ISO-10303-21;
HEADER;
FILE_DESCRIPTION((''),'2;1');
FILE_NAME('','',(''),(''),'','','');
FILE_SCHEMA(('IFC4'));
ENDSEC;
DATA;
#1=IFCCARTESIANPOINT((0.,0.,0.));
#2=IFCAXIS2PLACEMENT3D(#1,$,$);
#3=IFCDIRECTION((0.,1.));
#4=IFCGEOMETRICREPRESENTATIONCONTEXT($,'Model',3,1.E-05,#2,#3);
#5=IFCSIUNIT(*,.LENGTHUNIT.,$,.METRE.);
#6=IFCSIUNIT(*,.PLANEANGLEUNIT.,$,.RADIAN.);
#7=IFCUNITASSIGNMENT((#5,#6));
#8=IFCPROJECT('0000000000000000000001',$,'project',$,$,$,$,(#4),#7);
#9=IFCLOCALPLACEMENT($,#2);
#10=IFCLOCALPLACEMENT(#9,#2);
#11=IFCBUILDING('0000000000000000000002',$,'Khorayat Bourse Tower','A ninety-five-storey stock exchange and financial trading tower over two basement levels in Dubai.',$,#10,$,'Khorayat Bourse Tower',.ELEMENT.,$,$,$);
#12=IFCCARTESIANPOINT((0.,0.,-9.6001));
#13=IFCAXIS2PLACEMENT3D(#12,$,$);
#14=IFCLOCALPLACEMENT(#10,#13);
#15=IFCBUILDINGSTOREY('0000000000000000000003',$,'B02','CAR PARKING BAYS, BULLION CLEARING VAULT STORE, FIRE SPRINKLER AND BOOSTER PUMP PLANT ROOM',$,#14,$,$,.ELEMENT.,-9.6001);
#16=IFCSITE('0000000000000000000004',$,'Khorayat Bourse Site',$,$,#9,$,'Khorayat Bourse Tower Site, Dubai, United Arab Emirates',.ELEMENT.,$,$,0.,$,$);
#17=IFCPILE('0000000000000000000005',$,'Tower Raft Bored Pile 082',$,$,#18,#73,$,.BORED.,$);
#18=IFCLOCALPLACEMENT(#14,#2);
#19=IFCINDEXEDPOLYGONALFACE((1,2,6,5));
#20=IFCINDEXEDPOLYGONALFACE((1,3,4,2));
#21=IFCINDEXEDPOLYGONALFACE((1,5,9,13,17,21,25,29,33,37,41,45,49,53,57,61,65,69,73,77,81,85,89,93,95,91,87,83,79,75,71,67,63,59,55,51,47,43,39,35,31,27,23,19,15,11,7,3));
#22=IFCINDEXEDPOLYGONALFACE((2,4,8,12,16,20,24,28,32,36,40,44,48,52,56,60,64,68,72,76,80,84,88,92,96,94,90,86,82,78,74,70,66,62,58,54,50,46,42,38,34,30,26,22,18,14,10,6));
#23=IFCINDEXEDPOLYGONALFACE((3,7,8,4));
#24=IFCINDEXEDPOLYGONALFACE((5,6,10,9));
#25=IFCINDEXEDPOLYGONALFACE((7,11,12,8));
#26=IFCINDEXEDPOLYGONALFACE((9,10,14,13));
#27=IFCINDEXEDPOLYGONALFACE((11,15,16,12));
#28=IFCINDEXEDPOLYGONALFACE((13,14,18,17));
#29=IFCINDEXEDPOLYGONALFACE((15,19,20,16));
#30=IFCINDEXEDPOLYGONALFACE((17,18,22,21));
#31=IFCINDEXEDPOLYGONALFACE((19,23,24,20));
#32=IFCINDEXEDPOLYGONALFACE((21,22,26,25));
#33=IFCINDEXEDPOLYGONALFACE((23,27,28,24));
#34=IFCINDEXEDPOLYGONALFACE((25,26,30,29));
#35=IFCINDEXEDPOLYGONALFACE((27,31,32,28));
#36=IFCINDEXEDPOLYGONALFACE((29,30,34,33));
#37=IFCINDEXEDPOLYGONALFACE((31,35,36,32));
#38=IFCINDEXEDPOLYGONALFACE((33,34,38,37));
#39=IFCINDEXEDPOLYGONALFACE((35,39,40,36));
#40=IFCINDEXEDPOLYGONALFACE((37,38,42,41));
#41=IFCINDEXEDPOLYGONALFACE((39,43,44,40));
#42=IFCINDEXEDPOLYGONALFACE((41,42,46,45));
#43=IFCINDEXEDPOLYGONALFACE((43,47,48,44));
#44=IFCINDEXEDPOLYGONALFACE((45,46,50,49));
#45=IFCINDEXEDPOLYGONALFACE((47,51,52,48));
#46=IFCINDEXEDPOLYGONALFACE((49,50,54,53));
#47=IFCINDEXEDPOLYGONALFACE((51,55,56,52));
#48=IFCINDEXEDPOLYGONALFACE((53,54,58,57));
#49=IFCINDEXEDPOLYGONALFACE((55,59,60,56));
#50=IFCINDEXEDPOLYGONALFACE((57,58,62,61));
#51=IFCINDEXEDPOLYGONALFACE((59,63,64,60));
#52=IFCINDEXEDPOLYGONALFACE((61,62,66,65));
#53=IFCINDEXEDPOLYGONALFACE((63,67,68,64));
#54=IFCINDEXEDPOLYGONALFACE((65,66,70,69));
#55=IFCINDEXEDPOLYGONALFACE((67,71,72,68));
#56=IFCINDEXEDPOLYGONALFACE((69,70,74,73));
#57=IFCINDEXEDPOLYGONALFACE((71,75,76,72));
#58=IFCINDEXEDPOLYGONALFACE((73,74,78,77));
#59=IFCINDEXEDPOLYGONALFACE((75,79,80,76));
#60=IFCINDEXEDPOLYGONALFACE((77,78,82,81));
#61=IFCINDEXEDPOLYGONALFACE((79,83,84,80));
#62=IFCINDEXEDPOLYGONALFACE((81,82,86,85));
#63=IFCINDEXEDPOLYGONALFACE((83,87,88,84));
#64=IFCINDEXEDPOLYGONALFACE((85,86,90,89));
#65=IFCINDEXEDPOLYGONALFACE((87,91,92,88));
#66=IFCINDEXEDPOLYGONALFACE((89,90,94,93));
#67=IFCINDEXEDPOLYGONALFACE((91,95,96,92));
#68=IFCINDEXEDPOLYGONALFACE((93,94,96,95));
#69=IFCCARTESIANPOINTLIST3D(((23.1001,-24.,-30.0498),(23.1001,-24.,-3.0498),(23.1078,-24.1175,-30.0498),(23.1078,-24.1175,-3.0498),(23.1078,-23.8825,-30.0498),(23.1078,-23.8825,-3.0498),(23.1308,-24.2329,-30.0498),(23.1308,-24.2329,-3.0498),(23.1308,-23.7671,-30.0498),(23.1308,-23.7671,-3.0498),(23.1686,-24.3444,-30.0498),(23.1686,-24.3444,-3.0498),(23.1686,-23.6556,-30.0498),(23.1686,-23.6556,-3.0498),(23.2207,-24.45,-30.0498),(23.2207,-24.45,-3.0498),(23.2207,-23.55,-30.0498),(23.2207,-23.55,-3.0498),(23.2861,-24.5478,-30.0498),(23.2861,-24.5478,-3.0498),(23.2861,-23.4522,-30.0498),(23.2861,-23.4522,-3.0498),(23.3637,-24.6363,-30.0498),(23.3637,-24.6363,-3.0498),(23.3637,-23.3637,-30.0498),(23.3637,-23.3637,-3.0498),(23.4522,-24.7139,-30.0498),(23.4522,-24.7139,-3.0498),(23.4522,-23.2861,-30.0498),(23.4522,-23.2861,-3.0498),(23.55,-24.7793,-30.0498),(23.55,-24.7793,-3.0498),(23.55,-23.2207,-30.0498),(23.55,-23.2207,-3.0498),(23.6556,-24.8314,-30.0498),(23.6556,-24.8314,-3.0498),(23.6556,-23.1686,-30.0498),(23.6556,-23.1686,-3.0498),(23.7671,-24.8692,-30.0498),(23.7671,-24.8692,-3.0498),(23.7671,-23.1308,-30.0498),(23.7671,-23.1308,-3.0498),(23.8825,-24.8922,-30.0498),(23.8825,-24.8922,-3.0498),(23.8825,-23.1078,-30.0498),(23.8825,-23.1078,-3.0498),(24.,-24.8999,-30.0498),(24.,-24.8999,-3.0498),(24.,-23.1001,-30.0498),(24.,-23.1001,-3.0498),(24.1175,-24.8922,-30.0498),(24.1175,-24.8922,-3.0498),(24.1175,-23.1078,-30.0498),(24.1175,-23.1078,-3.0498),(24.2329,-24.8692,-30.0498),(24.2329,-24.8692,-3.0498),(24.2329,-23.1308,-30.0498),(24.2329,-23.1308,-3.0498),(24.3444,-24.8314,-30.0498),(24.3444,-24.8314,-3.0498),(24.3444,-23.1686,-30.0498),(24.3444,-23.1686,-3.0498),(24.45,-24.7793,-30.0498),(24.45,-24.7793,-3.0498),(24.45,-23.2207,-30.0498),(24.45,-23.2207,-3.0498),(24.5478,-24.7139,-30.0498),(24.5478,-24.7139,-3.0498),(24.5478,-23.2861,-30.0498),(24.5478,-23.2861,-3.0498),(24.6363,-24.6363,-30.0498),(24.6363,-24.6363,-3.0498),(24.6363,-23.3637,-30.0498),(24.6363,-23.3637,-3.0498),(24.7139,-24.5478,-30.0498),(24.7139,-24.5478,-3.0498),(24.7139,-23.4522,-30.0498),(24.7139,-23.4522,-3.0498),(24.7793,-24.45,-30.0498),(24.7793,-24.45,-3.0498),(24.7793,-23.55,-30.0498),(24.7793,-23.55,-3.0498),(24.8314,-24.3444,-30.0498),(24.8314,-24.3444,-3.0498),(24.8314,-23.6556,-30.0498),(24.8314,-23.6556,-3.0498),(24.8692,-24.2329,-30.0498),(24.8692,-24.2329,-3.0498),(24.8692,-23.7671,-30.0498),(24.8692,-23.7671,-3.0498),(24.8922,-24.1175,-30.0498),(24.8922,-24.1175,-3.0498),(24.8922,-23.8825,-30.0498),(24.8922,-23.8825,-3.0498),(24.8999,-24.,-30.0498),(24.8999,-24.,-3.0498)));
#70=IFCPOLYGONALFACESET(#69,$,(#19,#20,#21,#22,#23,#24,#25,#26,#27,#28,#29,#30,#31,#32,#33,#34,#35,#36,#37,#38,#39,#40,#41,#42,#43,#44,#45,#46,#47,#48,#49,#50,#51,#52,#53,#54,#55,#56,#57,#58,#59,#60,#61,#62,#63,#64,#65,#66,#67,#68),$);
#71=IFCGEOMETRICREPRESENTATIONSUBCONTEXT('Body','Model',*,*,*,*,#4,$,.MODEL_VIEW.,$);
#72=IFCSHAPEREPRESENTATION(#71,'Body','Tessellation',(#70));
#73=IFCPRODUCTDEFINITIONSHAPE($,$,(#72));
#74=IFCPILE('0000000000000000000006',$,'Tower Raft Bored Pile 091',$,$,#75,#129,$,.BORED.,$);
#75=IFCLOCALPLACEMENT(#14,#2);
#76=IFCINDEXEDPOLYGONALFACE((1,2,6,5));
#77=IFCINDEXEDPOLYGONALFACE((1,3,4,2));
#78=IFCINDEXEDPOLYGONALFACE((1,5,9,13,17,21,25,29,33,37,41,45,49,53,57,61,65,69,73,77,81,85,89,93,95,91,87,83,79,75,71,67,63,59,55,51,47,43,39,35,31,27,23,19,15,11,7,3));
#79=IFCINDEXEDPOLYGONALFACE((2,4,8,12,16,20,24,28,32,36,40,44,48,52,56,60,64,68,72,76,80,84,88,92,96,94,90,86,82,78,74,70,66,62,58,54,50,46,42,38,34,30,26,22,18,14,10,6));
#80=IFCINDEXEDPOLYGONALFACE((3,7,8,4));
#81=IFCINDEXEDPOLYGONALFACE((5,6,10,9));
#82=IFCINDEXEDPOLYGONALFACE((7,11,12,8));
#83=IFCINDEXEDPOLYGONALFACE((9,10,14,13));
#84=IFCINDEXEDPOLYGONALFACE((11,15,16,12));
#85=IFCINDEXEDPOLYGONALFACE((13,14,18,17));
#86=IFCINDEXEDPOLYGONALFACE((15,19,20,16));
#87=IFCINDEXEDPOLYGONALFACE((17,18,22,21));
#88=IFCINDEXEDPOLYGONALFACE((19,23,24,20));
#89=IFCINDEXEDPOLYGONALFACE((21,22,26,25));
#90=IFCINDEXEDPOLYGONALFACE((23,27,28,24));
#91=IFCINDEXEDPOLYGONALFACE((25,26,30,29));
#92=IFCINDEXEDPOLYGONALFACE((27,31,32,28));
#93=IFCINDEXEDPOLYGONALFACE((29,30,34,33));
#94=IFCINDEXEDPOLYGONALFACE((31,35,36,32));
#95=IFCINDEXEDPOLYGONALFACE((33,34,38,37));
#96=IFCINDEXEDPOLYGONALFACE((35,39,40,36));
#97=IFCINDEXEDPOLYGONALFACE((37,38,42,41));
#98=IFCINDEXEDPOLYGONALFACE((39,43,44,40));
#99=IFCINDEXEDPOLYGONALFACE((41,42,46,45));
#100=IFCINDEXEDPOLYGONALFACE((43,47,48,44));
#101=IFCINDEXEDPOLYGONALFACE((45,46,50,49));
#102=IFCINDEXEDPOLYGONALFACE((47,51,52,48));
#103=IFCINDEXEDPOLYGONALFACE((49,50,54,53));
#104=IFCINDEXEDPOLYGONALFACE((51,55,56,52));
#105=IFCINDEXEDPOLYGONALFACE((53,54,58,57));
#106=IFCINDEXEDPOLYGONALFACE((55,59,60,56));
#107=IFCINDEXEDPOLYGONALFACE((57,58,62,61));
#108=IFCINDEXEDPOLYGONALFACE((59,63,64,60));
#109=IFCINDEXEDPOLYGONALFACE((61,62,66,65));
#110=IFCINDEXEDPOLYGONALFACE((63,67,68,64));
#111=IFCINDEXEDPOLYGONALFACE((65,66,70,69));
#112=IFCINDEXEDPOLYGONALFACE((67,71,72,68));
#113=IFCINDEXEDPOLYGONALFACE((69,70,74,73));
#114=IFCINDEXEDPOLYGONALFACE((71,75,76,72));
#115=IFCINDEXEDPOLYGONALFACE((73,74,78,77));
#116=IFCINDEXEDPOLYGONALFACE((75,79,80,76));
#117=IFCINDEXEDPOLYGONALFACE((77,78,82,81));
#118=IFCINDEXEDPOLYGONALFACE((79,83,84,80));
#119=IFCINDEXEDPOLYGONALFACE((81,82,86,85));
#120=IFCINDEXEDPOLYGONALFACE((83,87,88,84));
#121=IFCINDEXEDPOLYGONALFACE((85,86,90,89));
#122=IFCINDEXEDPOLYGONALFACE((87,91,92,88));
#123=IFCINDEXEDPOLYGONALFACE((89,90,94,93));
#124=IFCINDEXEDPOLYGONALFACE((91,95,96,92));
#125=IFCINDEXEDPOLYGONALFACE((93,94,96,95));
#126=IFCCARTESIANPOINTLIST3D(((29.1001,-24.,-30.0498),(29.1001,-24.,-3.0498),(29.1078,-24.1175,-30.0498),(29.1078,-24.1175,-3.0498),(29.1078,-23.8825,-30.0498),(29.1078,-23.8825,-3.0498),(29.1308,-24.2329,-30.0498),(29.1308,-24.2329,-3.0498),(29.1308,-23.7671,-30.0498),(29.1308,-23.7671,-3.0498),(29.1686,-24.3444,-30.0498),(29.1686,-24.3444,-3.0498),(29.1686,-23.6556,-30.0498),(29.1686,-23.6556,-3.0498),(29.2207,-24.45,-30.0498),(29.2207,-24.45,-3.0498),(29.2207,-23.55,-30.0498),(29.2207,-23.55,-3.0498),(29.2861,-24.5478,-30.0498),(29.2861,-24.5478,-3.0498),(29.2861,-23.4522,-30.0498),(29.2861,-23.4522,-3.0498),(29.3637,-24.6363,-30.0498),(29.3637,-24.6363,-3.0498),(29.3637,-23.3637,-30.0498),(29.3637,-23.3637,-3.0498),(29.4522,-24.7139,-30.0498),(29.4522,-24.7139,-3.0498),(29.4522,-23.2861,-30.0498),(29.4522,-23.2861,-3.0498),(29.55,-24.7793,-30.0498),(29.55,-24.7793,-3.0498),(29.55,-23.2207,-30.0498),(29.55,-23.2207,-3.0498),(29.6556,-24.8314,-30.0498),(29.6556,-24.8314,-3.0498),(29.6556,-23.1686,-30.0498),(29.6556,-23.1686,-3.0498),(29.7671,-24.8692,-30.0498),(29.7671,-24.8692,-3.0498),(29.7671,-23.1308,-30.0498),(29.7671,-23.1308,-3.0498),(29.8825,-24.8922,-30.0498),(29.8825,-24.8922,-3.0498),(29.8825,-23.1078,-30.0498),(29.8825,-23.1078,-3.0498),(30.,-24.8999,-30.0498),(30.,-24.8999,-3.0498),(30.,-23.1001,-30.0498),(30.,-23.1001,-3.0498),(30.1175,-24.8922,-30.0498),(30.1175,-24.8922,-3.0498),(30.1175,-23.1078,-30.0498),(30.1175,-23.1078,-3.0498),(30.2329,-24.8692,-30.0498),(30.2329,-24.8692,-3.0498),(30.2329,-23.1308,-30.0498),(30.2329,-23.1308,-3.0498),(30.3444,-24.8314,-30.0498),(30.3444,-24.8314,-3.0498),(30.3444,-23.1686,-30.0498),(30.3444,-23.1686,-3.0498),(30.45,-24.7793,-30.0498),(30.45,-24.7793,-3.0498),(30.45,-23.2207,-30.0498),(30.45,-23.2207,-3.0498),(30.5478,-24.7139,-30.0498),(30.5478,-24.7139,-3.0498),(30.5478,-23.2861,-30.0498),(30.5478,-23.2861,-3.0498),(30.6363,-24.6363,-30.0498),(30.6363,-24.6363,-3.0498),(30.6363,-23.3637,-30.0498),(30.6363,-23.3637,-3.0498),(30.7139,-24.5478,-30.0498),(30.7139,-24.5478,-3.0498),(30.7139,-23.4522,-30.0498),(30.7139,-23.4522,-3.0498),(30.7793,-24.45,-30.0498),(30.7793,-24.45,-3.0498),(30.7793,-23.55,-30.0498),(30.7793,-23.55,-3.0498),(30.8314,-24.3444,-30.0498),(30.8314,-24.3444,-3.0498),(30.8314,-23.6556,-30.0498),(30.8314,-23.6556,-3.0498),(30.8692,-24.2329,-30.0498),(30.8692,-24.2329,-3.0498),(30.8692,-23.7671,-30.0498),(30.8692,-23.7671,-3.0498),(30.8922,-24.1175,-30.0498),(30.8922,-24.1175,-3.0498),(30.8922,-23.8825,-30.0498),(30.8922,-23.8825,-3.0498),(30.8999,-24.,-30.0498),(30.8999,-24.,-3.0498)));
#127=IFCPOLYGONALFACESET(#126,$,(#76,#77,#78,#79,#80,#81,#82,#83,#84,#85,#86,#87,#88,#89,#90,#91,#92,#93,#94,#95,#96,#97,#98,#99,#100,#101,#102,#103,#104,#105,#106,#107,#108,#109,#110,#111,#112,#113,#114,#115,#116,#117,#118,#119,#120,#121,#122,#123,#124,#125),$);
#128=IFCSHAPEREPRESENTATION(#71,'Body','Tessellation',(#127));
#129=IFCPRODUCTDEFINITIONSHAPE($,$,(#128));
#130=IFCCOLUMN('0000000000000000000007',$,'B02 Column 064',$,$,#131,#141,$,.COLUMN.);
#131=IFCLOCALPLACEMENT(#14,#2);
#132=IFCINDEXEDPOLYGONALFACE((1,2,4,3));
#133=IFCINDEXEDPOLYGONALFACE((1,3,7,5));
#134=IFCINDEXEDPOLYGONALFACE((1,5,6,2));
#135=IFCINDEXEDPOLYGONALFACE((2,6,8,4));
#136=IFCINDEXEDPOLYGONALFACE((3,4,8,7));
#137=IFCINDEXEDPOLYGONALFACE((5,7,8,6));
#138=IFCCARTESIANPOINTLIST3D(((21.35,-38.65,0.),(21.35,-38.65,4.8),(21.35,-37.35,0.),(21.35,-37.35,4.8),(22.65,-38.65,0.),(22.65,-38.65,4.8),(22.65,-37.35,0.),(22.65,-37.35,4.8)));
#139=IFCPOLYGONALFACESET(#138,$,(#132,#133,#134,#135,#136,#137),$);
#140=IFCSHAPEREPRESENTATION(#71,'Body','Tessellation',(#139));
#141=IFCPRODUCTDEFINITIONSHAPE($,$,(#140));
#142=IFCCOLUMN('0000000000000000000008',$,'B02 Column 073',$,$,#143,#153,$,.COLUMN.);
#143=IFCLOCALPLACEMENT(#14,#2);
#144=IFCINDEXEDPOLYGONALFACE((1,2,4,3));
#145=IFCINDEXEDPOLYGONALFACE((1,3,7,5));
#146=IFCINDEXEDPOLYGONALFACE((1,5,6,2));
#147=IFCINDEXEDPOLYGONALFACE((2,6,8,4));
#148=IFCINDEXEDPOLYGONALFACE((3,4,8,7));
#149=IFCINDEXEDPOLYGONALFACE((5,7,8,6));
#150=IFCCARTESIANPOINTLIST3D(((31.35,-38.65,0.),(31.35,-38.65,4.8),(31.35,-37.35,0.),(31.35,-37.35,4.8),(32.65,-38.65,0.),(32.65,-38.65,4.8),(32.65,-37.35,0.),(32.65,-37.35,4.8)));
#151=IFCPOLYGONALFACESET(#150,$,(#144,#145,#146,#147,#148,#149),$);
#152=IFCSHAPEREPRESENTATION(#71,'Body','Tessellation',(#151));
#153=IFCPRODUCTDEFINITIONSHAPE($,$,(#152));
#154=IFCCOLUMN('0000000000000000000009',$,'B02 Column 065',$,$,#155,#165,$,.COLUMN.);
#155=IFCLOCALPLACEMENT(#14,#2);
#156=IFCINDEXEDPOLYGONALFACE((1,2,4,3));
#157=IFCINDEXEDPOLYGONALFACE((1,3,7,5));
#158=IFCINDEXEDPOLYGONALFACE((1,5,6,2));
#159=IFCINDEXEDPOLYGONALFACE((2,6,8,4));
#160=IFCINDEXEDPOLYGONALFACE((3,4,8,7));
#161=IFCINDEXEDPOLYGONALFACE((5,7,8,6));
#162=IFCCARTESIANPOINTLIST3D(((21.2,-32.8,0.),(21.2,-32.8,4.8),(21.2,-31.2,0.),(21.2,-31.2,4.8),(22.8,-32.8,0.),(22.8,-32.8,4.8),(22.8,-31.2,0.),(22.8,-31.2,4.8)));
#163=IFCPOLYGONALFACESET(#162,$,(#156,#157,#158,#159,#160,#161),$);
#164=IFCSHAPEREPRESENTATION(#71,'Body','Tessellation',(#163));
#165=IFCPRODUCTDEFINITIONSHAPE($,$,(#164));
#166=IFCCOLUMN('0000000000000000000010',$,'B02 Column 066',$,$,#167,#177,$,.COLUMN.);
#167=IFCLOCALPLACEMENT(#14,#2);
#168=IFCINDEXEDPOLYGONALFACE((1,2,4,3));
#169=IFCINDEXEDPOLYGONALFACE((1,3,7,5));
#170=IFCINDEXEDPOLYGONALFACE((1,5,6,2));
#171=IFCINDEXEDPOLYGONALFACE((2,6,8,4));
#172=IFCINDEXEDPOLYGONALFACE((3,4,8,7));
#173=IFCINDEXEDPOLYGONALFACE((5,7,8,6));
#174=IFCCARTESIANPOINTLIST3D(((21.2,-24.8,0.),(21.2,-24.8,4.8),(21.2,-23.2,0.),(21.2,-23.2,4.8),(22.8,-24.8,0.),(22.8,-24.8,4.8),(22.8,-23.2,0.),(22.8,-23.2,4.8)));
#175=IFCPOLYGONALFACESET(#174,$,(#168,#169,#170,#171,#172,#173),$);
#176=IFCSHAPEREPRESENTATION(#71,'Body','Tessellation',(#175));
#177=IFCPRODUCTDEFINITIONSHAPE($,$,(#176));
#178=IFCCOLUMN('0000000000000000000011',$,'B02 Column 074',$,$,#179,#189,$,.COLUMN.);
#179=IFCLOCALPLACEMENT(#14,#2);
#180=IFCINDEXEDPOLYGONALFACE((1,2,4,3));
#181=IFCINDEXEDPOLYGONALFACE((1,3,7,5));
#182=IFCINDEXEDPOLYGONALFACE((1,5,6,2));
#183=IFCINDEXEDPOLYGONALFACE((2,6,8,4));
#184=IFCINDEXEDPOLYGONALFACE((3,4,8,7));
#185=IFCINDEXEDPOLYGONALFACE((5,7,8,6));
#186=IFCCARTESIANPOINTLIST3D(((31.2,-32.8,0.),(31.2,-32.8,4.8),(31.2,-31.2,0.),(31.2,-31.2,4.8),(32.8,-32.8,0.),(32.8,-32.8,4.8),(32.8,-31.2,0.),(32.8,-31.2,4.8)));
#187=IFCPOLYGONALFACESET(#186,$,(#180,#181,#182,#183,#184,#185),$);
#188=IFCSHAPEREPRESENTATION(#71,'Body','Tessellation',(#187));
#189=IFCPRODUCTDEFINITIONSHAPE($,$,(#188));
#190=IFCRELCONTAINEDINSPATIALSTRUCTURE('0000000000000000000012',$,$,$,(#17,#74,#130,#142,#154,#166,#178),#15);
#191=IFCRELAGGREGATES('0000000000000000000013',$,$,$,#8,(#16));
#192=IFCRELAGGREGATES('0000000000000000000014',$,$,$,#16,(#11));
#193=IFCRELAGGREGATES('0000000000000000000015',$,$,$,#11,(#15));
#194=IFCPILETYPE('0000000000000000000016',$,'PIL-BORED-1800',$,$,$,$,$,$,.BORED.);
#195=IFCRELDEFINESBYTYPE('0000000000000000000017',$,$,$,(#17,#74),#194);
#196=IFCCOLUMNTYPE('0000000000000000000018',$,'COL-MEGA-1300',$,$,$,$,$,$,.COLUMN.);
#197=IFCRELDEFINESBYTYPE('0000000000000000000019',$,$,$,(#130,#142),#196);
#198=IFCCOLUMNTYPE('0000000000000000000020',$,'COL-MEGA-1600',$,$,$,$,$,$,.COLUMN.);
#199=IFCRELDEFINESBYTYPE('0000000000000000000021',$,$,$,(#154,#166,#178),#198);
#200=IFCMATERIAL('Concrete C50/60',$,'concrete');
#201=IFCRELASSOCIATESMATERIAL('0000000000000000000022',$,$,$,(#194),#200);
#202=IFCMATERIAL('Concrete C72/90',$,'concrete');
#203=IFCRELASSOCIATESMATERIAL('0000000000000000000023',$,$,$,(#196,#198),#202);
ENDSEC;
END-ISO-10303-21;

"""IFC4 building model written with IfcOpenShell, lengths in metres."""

from ifc_helpers import new_model, si_unit, direction, frame, origin, origin_2d, place, context, subcontext, project, spatial, rectangle, circle, extrude, source, transform, mapped, material, material_profile, profile_set, type_object, element, save


model = new_model("IFC4")

# Units and contexts
model_context = context("Model", 3, precision=1e-05, world=origin(), true_north=direction((0.0, 1.0)))
body_context = subcontext(model_context, "Body", "Model", "MODEL_VIEW")
ifc_project = project(units=[si_unit("LENGTHUNIT", "METRE"), si_unit("PLANEANGLEUNIT", "RADIAN")], contexts=[model_context])

# Site, building, storey
site_placement = place(None, origin())
site = spatial("IfcSite", under=ifc_project, at=site_placement, Name="Khorayat Bourse Site", LongName="Khorayat Bourse Tower Site, Dubai, United Arab Emirates", CompositionType="ELEMENT", RefElevation=0.0)
building_placement = place(site_placement, origin())
building = spatial("IfcBuilding", under=site, at=building_placement, Name="Khorayat Bourse Tower", Description="A ninety-five-storey stock exchange and financial trading tower over two basement levels in Dubai.", LongName="Khorayat Bourse Tower", CompositionType="ELEMENT")
storey_placement = place(building_placement, frame((0.0, 0.0, -9.6001)))
storey = spatial("IfcBuildingStorey", under=building, at=storey_placement, Name="B02", Description="CAR PARKING BAYS, BULLION CLEARING VAULT STORE, FIRE SPRINKLER AND BOOSTER PUMP PLANT ROOM", CompositionType="ELEMENT", Elevation=-9.6001)

# Piles
ifc_material_1 = material(Name="Concrete C50/60", Category="concrete")
ifc_material_profile_1 = material_profile(ifc_material_1, circle(Radius=0.8999, at=origin_2d()), Name="BORED PILE D1800")
ifc_profile_set_1 = profile_set([ifc_material_profile_1], Name="Concrete C50/60")
pile_type = type_object("IfcPileType", Name="PIL-BORED-1800", PredefinedType="BORED", material=ifc_profile_set_1)
shared_shape_1 = source(origin(), body_context, "Body", "SweptSolid", [
    extrude(circle(Radius=0.8999, at=origin_2d()), origin(), (0.0, 0.0, 1.0), 27.0),
])
for number, where, z_axis, x_axis, name in (
    (1, (24.0, -24.0, -3.0498), (0.0, 0.0, -1.0), (1.0, 0.0, 0.0), "Tower Raft Bored Pile 082"),
    (2, (30.0, -24.0, -3.0498), (0.0, 0.0, -1.0), (1.0, 0.0, 0.0), "Tower Raft Bored Pile 091"),
):
    element("IfcPile", number, at=place(storey_placement, frame(where, z_axis=z_axis, x_axis=x_axis)), inside=storey, type_object=pile_type, Name=name, PredefinedType="BORED", context=body_context, shape_type="MappedRepresentation", body=[
        mapped(shared_shape_1, transform((0.0, 0.0, 0.0), scale=1.0)),
    ])

# Columns
ifc_material_2 = material(Name="Concrete C72/90", Category="concrete")
ifc_material_profile_2 = material_profile(ifc_material_2, rectangle(XDim=1.3, YDim=1.3, at=origin_2d()), Name="RC 1300x1300")
ifc_profile_set_2 = profile_set([ifc_material_profile_2], Name="Concrete C72/90")
column_type_1 = type_object("IfcColumnType", Name="COL-MEGA-1300", PredefinedType="COLUMN", material=ifc_profile_set_2)
shared_shape_2 = source(origin(), body_context, "Body", "SweptSolid", [
    extrude(rectangle(XDim=1.3, YDim=1.3, at=origin_2d()), origin(), (0.0, 0.0, 1.0), 4.8),
])
for number, where, z_axis, x_axis, name in (
    (3, (22.0, -38.0, 0.0), (0.0, 0.0, 1.0), (1.0, 0.0, 0.0), "B02 Column 064"),
    (4, (32.0, -38.0, 0.0), (0.0, 0.0, 1.0), (1.0, 0.0, 0.0), "B02 Column 073"),
):
    element("IfcColumn", number, at=place(storey_placement, frame(where, z_axis=z_axis, x_axis=x_axis)), inside=storey, type_object=column_type_1, Name=name, PredefinedType="COLUMN", context=body_context, shape_type="MappedRepresentation", body=[
        mapped(shared_shape_2, transform((0.0, 0.0, 0.0), scale=1.0)),
    ])
ifc_material_profile_3 = material_profile(ifc_material_2, rectangle(XDim=1.6001, YDim=1.6001, at=origin_2d()), Name="RC 1600x1600")
ifc_profile_set_3 = profile_set([ifc_material_profile_3], Name="Concrete C72/90")
column_type_2 = type_object("IfcColumnType", Name="COL-MEGA-1600", PredefinedType="COLUMN", material=ifc_profile_set_3)
shared_shape_3 = source(origin(), body_context, "Body", "SweptSolid", [
    extrude(rectangle(XDim=1.6001, YDim=1.6001, at=origin_2d()), origin(), (0.0, 0.0, 1.0), 4.8),
])
for number, where, z_axis, x_axis, name in (
    (5, (22.0, -32.0, 0.0), (0.0, 0.0, 1.0), (1.0, 0.0, 0.0), "B02 Column 065"),
    (6, (22.0, -24.0, 0.0), (0.0, 0.0, 1.0), (1.0, 0.0, 0.0), "B02 Column 066"),
    (7, (32.0, -32.0, 0.0), (0.0, 0.0, 1.0), (1.0, 0.0, 0.0), "B02 Column 074"),
):
    element("IfcColumn", number, at=place(storey_placement, frame(where, z_axis=z_axis, x_axis=x_axis)), inside=storey, type_object=column_type_2, Name=name, PredefinedType="COLUMN", context=body_context, shape_type="MappedRepresentation", body=[
        mapped(shared_shape_3, transform((0.0, 0.0, 0.0), scale=1.0)),
    ])

save(model, "model.ifc")
